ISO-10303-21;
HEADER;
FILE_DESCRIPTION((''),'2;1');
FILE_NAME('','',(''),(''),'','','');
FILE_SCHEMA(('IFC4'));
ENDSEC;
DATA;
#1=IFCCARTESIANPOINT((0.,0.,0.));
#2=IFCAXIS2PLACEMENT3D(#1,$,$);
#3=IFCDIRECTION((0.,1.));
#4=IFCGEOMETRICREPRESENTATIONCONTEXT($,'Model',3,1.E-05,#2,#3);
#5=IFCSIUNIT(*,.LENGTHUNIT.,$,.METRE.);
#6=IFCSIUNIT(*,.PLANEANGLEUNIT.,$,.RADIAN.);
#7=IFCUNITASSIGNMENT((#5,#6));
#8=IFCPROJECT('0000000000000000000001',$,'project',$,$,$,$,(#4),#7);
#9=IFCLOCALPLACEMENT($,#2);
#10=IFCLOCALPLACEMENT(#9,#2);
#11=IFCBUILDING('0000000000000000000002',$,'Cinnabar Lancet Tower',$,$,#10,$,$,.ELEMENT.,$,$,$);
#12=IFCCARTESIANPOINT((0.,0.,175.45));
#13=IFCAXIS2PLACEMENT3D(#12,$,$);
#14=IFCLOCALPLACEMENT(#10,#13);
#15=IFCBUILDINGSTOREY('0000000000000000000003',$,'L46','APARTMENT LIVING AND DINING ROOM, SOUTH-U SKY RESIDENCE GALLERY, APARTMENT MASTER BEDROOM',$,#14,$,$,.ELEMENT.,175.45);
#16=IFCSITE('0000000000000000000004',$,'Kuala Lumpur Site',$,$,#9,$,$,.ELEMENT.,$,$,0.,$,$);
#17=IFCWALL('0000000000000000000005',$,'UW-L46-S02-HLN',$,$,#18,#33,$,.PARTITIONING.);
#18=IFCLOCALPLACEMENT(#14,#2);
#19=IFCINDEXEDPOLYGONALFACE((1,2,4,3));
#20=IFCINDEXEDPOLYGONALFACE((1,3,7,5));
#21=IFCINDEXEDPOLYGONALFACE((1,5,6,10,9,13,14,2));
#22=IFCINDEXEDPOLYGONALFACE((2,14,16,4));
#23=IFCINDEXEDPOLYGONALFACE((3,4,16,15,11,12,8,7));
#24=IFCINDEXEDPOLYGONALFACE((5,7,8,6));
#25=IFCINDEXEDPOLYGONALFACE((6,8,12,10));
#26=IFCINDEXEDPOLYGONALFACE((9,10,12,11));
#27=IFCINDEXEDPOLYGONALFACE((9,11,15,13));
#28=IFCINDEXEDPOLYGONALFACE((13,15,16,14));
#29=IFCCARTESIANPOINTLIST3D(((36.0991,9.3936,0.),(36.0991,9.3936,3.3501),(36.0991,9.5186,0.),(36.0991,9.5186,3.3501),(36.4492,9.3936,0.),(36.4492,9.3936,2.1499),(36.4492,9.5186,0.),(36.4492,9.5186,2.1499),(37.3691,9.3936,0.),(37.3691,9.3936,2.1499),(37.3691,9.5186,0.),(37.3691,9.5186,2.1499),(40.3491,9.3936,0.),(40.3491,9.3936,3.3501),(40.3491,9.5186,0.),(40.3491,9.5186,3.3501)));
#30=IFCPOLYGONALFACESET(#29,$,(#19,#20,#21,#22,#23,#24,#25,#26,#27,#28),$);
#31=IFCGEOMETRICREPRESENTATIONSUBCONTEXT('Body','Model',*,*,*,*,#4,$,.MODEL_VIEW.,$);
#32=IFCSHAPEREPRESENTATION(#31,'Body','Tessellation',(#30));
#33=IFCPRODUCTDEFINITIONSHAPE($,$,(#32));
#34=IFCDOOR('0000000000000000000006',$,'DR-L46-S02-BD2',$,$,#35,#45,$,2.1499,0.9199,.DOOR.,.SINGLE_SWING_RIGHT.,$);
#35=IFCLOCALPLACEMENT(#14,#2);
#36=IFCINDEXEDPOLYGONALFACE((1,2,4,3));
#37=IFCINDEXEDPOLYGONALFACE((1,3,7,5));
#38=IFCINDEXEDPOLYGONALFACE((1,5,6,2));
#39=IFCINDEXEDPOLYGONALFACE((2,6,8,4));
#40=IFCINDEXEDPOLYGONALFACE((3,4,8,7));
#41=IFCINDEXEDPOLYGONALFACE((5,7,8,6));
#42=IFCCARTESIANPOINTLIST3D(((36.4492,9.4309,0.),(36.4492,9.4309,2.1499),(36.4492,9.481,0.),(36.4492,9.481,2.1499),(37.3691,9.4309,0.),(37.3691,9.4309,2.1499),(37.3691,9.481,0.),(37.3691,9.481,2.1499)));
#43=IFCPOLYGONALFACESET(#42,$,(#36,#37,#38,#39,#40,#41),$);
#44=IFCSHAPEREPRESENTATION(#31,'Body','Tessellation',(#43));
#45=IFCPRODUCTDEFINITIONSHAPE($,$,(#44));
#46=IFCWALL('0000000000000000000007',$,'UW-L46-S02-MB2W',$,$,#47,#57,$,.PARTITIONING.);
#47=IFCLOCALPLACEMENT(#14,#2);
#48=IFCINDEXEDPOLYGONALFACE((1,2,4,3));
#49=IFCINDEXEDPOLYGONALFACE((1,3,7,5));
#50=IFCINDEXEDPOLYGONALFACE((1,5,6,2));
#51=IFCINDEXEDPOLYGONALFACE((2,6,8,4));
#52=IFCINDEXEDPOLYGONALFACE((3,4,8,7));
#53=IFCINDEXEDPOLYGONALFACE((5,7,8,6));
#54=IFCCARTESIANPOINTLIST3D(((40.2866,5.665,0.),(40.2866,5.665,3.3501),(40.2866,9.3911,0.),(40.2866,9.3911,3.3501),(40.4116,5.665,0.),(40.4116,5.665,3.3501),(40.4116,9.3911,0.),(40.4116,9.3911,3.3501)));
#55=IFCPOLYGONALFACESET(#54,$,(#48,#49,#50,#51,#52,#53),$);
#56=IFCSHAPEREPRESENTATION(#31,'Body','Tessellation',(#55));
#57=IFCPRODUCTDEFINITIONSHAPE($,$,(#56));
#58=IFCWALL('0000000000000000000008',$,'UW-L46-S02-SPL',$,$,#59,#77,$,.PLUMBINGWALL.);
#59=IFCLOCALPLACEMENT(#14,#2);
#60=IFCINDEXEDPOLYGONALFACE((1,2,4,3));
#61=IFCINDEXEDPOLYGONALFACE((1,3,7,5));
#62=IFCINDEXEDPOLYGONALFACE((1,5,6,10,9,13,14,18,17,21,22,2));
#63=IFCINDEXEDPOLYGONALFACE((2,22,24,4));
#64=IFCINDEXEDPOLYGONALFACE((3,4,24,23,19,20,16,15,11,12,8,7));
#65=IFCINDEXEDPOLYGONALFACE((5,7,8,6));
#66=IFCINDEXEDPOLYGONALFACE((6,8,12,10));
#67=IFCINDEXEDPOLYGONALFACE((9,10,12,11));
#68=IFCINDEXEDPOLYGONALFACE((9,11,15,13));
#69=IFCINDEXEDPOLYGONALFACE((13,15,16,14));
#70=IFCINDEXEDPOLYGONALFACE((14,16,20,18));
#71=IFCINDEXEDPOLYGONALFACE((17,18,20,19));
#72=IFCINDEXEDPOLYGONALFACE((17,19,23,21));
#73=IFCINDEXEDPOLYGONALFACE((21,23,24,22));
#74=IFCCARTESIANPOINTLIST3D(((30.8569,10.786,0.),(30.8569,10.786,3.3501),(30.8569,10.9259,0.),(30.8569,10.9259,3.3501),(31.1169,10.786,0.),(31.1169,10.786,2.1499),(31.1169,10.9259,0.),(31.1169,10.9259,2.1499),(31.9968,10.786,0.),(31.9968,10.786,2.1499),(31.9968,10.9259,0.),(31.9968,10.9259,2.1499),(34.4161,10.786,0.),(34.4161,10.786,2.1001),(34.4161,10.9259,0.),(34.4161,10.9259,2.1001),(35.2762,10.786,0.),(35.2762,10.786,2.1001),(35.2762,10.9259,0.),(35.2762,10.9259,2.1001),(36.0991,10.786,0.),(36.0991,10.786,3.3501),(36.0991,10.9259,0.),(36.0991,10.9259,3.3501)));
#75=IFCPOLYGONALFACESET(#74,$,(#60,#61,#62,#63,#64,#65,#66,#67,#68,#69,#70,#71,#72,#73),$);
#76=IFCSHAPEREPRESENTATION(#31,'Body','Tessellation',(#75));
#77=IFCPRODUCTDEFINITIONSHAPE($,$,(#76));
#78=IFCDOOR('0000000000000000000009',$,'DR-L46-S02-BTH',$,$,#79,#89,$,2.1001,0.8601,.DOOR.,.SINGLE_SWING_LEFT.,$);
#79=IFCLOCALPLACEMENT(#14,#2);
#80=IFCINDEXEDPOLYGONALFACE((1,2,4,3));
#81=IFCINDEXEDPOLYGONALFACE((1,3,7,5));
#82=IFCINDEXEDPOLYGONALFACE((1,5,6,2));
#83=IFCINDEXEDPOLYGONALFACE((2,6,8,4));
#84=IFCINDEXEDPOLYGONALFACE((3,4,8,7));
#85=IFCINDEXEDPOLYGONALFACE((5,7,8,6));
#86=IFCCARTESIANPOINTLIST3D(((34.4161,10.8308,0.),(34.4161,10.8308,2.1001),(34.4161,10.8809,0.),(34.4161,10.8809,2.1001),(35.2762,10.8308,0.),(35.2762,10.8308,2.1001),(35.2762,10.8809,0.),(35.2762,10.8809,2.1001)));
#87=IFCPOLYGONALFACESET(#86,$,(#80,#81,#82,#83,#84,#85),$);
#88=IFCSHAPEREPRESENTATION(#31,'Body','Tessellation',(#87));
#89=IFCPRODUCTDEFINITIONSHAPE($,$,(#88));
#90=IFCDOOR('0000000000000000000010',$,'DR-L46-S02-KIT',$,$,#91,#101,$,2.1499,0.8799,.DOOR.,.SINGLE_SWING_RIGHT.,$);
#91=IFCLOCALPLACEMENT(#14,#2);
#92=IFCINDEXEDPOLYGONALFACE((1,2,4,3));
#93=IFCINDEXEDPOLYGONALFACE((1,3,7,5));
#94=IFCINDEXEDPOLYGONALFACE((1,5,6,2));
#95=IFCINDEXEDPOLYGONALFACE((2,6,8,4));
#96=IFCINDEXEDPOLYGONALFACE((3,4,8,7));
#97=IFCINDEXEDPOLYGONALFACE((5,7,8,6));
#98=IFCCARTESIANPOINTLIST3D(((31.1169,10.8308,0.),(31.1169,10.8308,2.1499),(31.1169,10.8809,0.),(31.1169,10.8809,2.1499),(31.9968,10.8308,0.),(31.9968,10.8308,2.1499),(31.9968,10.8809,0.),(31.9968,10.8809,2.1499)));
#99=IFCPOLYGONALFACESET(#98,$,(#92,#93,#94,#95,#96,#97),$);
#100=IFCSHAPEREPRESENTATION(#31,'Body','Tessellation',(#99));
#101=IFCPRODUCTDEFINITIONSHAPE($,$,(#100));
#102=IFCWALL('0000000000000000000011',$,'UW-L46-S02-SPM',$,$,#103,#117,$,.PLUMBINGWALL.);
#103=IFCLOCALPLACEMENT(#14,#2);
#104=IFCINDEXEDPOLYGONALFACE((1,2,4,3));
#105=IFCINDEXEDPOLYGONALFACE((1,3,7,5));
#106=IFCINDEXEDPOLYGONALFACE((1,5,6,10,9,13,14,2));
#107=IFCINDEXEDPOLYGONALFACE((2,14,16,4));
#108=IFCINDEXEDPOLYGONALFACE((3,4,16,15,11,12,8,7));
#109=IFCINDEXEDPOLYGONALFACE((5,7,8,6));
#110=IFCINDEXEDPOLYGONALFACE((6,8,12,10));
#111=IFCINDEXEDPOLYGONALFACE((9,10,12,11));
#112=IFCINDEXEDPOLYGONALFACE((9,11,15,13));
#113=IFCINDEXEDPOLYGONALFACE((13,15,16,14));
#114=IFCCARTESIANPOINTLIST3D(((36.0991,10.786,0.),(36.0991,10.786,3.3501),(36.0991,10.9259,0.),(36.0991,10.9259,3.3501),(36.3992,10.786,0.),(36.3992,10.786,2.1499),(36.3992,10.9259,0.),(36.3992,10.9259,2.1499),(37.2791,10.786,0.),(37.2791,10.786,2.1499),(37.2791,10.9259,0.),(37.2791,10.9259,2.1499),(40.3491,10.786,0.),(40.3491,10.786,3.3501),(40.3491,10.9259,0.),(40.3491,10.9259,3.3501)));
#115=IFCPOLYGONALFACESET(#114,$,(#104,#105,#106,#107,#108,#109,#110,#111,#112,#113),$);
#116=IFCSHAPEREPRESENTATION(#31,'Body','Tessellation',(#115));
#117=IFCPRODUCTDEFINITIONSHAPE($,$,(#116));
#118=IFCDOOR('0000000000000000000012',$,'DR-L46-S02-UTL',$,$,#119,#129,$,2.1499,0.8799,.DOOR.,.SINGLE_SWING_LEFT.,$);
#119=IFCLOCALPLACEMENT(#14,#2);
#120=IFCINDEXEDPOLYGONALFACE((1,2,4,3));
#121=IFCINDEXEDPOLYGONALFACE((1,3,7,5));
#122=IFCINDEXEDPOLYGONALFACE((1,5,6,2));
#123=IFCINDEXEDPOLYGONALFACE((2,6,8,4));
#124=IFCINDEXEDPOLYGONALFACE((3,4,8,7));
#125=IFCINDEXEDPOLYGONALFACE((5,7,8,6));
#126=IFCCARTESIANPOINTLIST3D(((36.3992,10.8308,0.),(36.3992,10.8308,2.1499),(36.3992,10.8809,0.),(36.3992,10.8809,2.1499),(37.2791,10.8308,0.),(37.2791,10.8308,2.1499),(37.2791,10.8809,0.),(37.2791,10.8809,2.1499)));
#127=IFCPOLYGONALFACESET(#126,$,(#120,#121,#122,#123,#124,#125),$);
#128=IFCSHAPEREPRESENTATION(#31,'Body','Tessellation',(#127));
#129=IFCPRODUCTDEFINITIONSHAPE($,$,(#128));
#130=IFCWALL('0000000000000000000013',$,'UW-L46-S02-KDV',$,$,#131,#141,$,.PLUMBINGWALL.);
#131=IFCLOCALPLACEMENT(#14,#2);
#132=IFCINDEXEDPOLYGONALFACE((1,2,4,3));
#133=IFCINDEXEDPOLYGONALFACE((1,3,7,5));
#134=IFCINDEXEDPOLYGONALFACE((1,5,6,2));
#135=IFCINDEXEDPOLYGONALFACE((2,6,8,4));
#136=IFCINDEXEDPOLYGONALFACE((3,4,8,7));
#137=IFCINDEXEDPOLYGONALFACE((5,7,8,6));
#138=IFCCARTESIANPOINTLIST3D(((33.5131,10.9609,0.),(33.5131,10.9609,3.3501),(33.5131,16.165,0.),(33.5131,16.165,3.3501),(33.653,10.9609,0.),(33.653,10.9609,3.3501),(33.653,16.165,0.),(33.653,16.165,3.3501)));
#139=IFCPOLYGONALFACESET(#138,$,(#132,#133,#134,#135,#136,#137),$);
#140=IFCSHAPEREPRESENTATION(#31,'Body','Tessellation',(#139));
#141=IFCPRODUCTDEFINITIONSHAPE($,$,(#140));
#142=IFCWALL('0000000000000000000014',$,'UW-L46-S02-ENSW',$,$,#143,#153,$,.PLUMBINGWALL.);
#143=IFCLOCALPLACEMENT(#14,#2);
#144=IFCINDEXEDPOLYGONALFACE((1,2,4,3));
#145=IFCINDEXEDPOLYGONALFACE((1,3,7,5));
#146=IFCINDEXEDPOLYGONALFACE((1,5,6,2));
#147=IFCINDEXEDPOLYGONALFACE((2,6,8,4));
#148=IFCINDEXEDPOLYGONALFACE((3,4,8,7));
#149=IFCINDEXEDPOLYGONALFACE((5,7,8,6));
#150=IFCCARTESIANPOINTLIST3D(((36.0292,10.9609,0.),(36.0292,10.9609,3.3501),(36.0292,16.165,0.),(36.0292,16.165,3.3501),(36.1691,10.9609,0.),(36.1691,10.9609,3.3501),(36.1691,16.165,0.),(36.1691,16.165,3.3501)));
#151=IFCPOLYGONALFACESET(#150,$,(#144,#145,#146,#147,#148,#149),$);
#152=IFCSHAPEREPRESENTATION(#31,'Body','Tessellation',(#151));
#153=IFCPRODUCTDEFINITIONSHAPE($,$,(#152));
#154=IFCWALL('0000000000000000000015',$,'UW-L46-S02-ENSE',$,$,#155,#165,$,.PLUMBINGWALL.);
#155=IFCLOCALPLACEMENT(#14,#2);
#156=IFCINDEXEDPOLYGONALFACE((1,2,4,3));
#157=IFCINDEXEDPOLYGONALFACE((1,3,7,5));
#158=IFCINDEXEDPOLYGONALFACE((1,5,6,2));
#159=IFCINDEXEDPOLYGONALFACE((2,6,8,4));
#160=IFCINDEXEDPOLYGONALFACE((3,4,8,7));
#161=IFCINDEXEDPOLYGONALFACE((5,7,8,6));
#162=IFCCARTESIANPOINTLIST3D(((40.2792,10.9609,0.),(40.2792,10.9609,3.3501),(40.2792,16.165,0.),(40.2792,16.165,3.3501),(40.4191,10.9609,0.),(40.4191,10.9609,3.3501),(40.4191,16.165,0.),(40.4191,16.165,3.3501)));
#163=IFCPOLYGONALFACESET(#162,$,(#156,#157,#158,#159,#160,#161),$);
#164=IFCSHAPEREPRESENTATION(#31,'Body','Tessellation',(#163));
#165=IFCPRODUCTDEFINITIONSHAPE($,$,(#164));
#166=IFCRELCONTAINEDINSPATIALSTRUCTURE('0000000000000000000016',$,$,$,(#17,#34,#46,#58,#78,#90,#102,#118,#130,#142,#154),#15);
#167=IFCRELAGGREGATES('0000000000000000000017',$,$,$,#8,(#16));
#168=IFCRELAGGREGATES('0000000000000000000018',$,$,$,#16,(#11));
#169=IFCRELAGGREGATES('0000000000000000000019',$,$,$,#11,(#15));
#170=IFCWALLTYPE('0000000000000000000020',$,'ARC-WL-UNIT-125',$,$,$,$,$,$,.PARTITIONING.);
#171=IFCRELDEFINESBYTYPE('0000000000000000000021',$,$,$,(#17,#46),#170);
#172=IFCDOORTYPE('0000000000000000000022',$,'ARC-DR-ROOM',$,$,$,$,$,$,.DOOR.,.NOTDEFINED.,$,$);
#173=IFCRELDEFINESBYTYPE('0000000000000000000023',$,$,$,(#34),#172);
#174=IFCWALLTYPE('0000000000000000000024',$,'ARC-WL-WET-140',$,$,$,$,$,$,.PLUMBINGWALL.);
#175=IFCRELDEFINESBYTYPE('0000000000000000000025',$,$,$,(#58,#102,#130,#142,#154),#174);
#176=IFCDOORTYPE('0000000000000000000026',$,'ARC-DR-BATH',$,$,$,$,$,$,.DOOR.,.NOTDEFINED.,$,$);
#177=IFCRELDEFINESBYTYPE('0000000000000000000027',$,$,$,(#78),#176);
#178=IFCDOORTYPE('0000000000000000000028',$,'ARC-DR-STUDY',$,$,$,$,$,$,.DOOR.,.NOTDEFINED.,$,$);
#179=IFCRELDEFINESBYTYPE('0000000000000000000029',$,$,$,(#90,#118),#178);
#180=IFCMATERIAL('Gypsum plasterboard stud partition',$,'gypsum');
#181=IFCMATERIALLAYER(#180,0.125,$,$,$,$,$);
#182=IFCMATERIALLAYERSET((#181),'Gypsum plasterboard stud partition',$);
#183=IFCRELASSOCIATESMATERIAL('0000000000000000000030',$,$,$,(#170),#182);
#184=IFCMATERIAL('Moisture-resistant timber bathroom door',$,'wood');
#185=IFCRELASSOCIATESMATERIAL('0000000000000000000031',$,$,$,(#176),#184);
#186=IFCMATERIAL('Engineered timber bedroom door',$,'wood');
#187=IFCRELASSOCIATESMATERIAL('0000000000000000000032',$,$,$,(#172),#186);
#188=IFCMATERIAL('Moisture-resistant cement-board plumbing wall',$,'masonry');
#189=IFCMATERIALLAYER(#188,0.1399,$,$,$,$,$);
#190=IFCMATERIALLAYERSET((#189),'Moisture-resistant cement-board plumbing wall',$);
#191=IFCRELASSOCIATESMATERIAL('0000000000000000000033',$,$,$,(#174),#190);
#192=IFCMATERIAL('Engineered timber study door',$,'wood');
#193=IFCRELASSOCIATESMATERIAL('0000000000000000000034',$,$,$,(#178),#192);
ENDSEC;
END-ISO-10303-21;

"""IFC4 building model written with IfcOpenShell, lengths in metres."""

from ifc_helpers import new_model, si_unit, direction, frame, frame_2d, origin, place, context, subcontext, project, spatial, rectangle, extrude, material, layer, layer_set, type_object, element, fill, save


model = new_model("IFC4")

# Units and contexts
model_context = context("Model", 3, precision=1e-05, world=origin(), true_north=direction((0.0, 1.0)))
body_context = subcontext(model_context, "Body", "Model", "MODEL_VIEW")
ifc_project = project(units=[si_unit("LENGTHUNIT", "METRE"), si_unit("PLANEANGLEUNIT", "RADIAN")], contexts=[model_context])

# Site, building, storey
site_placement = place(None, origin())
site = spatial("IfcSite", under=ifc_project, at=site_placement, Name="Kuala Lumpur Site", CompositionType="ELEMENT", RefElevation=0.0)
building_placement = place(site_placement, origin())
building = spatial("IfcBuilding", under=site, at=building_placement, Name="Cinnabar Lancet Tower", CompositionType="ELEMENT")
storey_placement = place(building_placement, frame((0.0, 0.0, 175.45)))
storey = spatial("IfcBuildingStorey", under=building, at=storey_placement, Name="L46", Description="APARTMENT LIVING AND DINING ROOM, SOUTH-U SKY RESIDENCE GALLERY, APARTMENT MASTER BEDROOM", CompositionType="ELEMENT", Elevation=175.45)

# Shared definitions
ifc_material_1 = material(Name="Gypsum plasterboard stud partition", Category="gypsum")
ifc_layer_1 = layer(ifc_material_1, 0.125)
ifc_layer_set_1 = layer_set([ifc_layer_1], Name="Gypsum plasterboard stud partition")
wall_type_1 = type_object("IfcWallType", Name="ARC-WL-UNIT-125", PredefinedType="PARTITIONING", material=ifc_layer_set_1)

# Shared definitions
ifc_material_2 = material(Name="Moisture-resistant timber bathroom door", Category="wood")
door_type_1 = type_object("IfcDoorType", Name="ARC-DR-BATH", OperationType="NOTDEFINED", PredefinedType="DOOR", material=ifc_material_2)

# Wall, opening, door
wall_1_placement = place(storey_placement, frame((36.0991, 9.4561, 0.0), z_axis=(0.0, 0.0, 1.0), x_axis=(1.0, 0.0, 0.0)))
wall_1 = element("IfcWall", 1, at=wall_1_placement, inside=storey, type_object=wall_type_1, Name="UW-L46-S02-HLN", PredefinedType="PARTITIONING", context=body_context, shape_type="SweptSolid", body=[
    extrude(rectangle(XDim=4.25, YDim=0.125, at=frame_2d((2.125, 0.0))), origin(), (0.0, 0.0, 1.0), 3.3501),
])
opening_1_placement = place(wall_1_placement, frame((0.3501, 0.0, 0.0)))
opening_1 = element("IfcOpeningElement", 2, at=opening_1_placement, cuts=wall_1, PredefinedType="OPENING", context=body_context, shape_type="SweptSolid", body=[
    extrude(rectangle(XDim=0.9199, YDim=2.1499, at=frame_2d((0.46, 1.075))), frame((0.0, 0.0725, 0.0), z_axis=(0.0, -1.0, 0.0), x_axis=(1.0, 0.0, 0.0)), (0.0, 0.0, 1.0), 0.145),
])
ifc_material_3 = material(Name="Engineered timber bedroom door", Category="wood")
door_type_2 = type_object("IfcDoorType", Name="ARC-DR-ROOM", OperationType="NOTDEFINED", PredefinedType="DOOR", material=ifc_material_3)
door_1_placement = place(opening_1_placement, origin())
door_1 = element("IfcDoor", 3, at=door_1_placement, inside=storey, type_object=door_type_2, Name="DR-L46-S02-BD2", OperationType="SINGLE_SWING_RIGHT", OverallHeight=2.1499, OverallWidth=0.9199, PredefinedType="DOOR", context=body_context, shape_type="SweptSolid", body=[
    extrude(rectangle(XDim=0.9199, YDim=2.1499, at=frame_2d((0.46, 1.075))), frame((0.0, 0.0249, 0.0), z_axis=(0.0, -1.0, 0.0), x_axis=(1.0, 0.0, 0.0)), (0.0, 0.0, 1.0), 0.05),
])
fill(opening_1, door_1)

# Wall
wall_2_placement = place(storey_placement, frame((40.3491, 5.665, 0.0), z_axis=(0.0, 0.0, 1.0), x_axis=(0.0, 1.0, 0.0)))
element("IfcWall", 4, at=wall_2_placement, inside=storey, type_object=wall_type_1, Name="UW-L46-S02-MB2W", PredefinedType="PARTITIONING", context=body_context, shape_type="SweptSolid", body=[
    extrude(rectangle(XDim=3.7261, YDim=0.125, at=frame_2d((1.863, 0.0))), origin(), (0.0, 0.0, 1.0), 3.3501),
])

# Wall, openings, doors
ifc_material_4 = material(Name="Moisture-resistant cement-board plumbing wall", Category="masonry")
ifc_layer_2 = layer(ifc_material_4, 0.1399)
ifc_layer_set_2 = layer_set([ifc_layer_2], Name="Moisture-resistant cement-board plumbing wall")
wall_type_2 = type_object("IfcWallType", Name="ARC-WL-WET-140", PredefinedType="PLUMBINGWALL", material=ifc_layer_set_2)
wall_3_placement = place(storey_placement, frame((30.8569, 10.856, 0.0), z_axis=(0.0, 0.0, 1.0), x_axis=(1.0, 0.0, 0.0)))
wall_3 = element("IfcWall", 5, at=wall_3_placement, inside=storey, type_object=wall_type_2, Name="UW-L46-S02-SPL", PredefinedType="PLUMBINGWALL", context=body_context, shape_type="SweptSolid", body=[
    extrude(rectangle(XDim=5.2422, YDim=0.1399, at=frame_2d((2.6211, 0.0))), origin(), (0.0, 0.0, 1.0), 3.3501),
])
opening_2_placement = place(wall_3_placement, frame((3.5591, 0.0, 0.0)))
opening_2 = element("IfcOpeningElement", 6, at=opening_2_placement, cuts=wall_3, PredefinedType="OPENING", context=body_context, shape_type="SweptSolid", body=[
    extrude(rectangle(XDim=0.8601, YDim=2.1001, at=frame_2d((0.4302, 1.05))), frame((0.0, 0.0798, 0.0), z_axis=(0.0, -1.0, 0.0), x_axis=(1.0, 0.0, 0.0)), (0.0, 0.0, 1.0), 0.1599),
])
opening_3_placement = place(wall_3_placement, frame((0.26, 0.0, 0.0)))
opening_3 = element("IfcOpeningElement", 7, at=opening_3_placement, cuts=wall_3, PredefinedType="OPENING", context=body_context, shape_type="SweptSolid", body=[
    extrude(rectangle(XDim=0.8799, YDim=2.1499, at=frame_2d((0.4399, 1.075))), frame((0.0, 0.0798, 0.0), z_axis=(0.0, -1.0, 0.0), x_axis=(1.0, 0.0, 0.0)), (0.0, 0.0, 1.0), 0.1599),
])
door_2_placement = place(opening_2_placement, origin())
door_2 = element("IfcDoor", 8, at=door_2_placement, inside=storey, type_object=door_type_1, Name="DR-L46-S02-BTH", OperationType="SINGLE_SWING_LEFT", OverallHeight=2.1001, OverallWidth=0.8601, PredefinedType="DOOR", context=body_context, shape_type="SweptSolid", body=[
    extrude(rectangle(XDim=0.8601, YDim=2.1001, at=frame_2d((0.4302, 1.05))), frame((0.0, 0.0249, 0.0), z_axis=(0.0, -1.0, 0.0), x_axis=(1.0, 0.0, 0.0)), (0.0, 0.0, 1.0), 0.05),
])
fill(opening_2, door_2)
ifc_material_5 = material(Name="Engineered timber study door", Category="wood")
door_type_3 = type_object("IfcDoorType", Name="ARC-DR-STUDY", OperationType="NOTDEFINED", PredefinedType="DOOR", material=ifc_material_5)
door_3_placement = place(opening_3_placement, origin())
door_3 = element("IfcDoor", 9, at=door_3_placement, inside=storey, type_object=door_type_3, Name="DR-L46-S02-KIT", OperationType="SINGLE_SWING_RIGHT", OverallHeight=2.1499, OverallWidth=0.8799, PredefinedType="DOOR", context=body_context, shape_type="SweptSolid", body=[
    extrude(rectangle(XDim=0.8799, YDim=2.1499, at=frame_2d((0.4399, 1.075))), frame((0.0, 0.0249, 0.0), z_axis=(0.0, -1.0, 0.0), x_axis=(1.0, 0.0, 0.0)), (0.0, 0.0, 1.0), 0.05),
])
fill(opening_3, door_3)

# Wall, opening, door
wall_4_placement = place(storey_placement, frame((36.0991, 10.856, 0.0), z_axis=(0.0, 0.0, 1.0), x_axis=(1.0, 0.0, 0.0)))
wall_4 = element("IfcWall", 10, at=wall_4_placement, inside=storey, type_object=wall_type_2, Name="UW-L46-S02-SPM", PredefinedType="PLUMBINGWALL", context=body_context, shape_type="SweptSolid", body=[
    extrude(rectangle(XDim=4.25, YDim=0.1399, at=frame_2d((2.125, 0.0))), origin(), (0.0, 0.0, 1.0), 3.3501),
])
opening_4_placement = place(wall_4_placement, frame((0.3, 0.0, 0.0)))
opening_4 = element("IfcOpeningElement", 11, at=opening_4_placement, cuts=wall_4, PredefinedType="OPENING", context=body_context, shape_type="SweptSolid", body=[
    extrude(rectangle(XDim=0.8799, YDim=2.1499, at=frame_2d((0.4399, 1.075))), frame((0.0, 0.0798, 0.0), z_axis=(0.0, -1.0, 0.0), x_axis=(1.0, 0.0, 0.0)), (0.0, 0.0, 1.0), 0.1599),
])
door_4_placement = place(opening_4_placement, origin())
door_4 = element("IfcDoor", 12, at=door_4_placement, inside=storey, type_object=door_type_3, Name="DR-L46-S02-UTL", OperationType="SINGLE_SWING_LEFT", OverallHeight=2.1499, OverallWidth=0.8799, PredefinedType="DOOR", context=body_context, shape_type="SweptSolid", body=[
    extrude(rectangle(XDim=0.8799, YDim=2.1499, at=frame_2d((0.4399, 1.075))), frame((0.0, 0.0249, 0.0), z_axis=(0.0, -1.0, 0.0), x_axis=(1.0, 0.0, 0.0)), (0.0, 0.0, 1.0), 0.05),
])
fill(opening_4, door_4)

# Walls
for number, where, z_axis, x_axis, name in (
    (13, (33.583, 10.9609, 0.0), (0.0, 0.0, 1.0), (0.0, 1.0, 0.0), "UW-L46-S02-KDV"),
    (14, (36.0991, 10.9609, 0.0), (0.0, 0.0, 1.0), (0.0, 1.0, 0.0), "UW-L46-S02-ENSW"),
    (15, (40.3491, 10.9609, 0.0), (0.0, 0.0, 1.0), (0.0, 1.0, 0.0), "UW-L46-S02-ENSE"),
):
    element("IfcWall", number, at=place(storey_placement, frame(where, z_axis=z_axis, x_axis=x_axis)), inside=storey, type_object=wall_type_2, Name=name, PredefinedType="PLUMBINGWALL", context=body_context, shape_type="SweptSolid", body=[
        extrude(rectangle(XDim=5.2041, YDim=0.1399, at=frame_2d((2.6021, 0.0))), origin(), (0.0, 0.0, 1.0), 3.3501),
    ])

save(model, "model.ifc")
